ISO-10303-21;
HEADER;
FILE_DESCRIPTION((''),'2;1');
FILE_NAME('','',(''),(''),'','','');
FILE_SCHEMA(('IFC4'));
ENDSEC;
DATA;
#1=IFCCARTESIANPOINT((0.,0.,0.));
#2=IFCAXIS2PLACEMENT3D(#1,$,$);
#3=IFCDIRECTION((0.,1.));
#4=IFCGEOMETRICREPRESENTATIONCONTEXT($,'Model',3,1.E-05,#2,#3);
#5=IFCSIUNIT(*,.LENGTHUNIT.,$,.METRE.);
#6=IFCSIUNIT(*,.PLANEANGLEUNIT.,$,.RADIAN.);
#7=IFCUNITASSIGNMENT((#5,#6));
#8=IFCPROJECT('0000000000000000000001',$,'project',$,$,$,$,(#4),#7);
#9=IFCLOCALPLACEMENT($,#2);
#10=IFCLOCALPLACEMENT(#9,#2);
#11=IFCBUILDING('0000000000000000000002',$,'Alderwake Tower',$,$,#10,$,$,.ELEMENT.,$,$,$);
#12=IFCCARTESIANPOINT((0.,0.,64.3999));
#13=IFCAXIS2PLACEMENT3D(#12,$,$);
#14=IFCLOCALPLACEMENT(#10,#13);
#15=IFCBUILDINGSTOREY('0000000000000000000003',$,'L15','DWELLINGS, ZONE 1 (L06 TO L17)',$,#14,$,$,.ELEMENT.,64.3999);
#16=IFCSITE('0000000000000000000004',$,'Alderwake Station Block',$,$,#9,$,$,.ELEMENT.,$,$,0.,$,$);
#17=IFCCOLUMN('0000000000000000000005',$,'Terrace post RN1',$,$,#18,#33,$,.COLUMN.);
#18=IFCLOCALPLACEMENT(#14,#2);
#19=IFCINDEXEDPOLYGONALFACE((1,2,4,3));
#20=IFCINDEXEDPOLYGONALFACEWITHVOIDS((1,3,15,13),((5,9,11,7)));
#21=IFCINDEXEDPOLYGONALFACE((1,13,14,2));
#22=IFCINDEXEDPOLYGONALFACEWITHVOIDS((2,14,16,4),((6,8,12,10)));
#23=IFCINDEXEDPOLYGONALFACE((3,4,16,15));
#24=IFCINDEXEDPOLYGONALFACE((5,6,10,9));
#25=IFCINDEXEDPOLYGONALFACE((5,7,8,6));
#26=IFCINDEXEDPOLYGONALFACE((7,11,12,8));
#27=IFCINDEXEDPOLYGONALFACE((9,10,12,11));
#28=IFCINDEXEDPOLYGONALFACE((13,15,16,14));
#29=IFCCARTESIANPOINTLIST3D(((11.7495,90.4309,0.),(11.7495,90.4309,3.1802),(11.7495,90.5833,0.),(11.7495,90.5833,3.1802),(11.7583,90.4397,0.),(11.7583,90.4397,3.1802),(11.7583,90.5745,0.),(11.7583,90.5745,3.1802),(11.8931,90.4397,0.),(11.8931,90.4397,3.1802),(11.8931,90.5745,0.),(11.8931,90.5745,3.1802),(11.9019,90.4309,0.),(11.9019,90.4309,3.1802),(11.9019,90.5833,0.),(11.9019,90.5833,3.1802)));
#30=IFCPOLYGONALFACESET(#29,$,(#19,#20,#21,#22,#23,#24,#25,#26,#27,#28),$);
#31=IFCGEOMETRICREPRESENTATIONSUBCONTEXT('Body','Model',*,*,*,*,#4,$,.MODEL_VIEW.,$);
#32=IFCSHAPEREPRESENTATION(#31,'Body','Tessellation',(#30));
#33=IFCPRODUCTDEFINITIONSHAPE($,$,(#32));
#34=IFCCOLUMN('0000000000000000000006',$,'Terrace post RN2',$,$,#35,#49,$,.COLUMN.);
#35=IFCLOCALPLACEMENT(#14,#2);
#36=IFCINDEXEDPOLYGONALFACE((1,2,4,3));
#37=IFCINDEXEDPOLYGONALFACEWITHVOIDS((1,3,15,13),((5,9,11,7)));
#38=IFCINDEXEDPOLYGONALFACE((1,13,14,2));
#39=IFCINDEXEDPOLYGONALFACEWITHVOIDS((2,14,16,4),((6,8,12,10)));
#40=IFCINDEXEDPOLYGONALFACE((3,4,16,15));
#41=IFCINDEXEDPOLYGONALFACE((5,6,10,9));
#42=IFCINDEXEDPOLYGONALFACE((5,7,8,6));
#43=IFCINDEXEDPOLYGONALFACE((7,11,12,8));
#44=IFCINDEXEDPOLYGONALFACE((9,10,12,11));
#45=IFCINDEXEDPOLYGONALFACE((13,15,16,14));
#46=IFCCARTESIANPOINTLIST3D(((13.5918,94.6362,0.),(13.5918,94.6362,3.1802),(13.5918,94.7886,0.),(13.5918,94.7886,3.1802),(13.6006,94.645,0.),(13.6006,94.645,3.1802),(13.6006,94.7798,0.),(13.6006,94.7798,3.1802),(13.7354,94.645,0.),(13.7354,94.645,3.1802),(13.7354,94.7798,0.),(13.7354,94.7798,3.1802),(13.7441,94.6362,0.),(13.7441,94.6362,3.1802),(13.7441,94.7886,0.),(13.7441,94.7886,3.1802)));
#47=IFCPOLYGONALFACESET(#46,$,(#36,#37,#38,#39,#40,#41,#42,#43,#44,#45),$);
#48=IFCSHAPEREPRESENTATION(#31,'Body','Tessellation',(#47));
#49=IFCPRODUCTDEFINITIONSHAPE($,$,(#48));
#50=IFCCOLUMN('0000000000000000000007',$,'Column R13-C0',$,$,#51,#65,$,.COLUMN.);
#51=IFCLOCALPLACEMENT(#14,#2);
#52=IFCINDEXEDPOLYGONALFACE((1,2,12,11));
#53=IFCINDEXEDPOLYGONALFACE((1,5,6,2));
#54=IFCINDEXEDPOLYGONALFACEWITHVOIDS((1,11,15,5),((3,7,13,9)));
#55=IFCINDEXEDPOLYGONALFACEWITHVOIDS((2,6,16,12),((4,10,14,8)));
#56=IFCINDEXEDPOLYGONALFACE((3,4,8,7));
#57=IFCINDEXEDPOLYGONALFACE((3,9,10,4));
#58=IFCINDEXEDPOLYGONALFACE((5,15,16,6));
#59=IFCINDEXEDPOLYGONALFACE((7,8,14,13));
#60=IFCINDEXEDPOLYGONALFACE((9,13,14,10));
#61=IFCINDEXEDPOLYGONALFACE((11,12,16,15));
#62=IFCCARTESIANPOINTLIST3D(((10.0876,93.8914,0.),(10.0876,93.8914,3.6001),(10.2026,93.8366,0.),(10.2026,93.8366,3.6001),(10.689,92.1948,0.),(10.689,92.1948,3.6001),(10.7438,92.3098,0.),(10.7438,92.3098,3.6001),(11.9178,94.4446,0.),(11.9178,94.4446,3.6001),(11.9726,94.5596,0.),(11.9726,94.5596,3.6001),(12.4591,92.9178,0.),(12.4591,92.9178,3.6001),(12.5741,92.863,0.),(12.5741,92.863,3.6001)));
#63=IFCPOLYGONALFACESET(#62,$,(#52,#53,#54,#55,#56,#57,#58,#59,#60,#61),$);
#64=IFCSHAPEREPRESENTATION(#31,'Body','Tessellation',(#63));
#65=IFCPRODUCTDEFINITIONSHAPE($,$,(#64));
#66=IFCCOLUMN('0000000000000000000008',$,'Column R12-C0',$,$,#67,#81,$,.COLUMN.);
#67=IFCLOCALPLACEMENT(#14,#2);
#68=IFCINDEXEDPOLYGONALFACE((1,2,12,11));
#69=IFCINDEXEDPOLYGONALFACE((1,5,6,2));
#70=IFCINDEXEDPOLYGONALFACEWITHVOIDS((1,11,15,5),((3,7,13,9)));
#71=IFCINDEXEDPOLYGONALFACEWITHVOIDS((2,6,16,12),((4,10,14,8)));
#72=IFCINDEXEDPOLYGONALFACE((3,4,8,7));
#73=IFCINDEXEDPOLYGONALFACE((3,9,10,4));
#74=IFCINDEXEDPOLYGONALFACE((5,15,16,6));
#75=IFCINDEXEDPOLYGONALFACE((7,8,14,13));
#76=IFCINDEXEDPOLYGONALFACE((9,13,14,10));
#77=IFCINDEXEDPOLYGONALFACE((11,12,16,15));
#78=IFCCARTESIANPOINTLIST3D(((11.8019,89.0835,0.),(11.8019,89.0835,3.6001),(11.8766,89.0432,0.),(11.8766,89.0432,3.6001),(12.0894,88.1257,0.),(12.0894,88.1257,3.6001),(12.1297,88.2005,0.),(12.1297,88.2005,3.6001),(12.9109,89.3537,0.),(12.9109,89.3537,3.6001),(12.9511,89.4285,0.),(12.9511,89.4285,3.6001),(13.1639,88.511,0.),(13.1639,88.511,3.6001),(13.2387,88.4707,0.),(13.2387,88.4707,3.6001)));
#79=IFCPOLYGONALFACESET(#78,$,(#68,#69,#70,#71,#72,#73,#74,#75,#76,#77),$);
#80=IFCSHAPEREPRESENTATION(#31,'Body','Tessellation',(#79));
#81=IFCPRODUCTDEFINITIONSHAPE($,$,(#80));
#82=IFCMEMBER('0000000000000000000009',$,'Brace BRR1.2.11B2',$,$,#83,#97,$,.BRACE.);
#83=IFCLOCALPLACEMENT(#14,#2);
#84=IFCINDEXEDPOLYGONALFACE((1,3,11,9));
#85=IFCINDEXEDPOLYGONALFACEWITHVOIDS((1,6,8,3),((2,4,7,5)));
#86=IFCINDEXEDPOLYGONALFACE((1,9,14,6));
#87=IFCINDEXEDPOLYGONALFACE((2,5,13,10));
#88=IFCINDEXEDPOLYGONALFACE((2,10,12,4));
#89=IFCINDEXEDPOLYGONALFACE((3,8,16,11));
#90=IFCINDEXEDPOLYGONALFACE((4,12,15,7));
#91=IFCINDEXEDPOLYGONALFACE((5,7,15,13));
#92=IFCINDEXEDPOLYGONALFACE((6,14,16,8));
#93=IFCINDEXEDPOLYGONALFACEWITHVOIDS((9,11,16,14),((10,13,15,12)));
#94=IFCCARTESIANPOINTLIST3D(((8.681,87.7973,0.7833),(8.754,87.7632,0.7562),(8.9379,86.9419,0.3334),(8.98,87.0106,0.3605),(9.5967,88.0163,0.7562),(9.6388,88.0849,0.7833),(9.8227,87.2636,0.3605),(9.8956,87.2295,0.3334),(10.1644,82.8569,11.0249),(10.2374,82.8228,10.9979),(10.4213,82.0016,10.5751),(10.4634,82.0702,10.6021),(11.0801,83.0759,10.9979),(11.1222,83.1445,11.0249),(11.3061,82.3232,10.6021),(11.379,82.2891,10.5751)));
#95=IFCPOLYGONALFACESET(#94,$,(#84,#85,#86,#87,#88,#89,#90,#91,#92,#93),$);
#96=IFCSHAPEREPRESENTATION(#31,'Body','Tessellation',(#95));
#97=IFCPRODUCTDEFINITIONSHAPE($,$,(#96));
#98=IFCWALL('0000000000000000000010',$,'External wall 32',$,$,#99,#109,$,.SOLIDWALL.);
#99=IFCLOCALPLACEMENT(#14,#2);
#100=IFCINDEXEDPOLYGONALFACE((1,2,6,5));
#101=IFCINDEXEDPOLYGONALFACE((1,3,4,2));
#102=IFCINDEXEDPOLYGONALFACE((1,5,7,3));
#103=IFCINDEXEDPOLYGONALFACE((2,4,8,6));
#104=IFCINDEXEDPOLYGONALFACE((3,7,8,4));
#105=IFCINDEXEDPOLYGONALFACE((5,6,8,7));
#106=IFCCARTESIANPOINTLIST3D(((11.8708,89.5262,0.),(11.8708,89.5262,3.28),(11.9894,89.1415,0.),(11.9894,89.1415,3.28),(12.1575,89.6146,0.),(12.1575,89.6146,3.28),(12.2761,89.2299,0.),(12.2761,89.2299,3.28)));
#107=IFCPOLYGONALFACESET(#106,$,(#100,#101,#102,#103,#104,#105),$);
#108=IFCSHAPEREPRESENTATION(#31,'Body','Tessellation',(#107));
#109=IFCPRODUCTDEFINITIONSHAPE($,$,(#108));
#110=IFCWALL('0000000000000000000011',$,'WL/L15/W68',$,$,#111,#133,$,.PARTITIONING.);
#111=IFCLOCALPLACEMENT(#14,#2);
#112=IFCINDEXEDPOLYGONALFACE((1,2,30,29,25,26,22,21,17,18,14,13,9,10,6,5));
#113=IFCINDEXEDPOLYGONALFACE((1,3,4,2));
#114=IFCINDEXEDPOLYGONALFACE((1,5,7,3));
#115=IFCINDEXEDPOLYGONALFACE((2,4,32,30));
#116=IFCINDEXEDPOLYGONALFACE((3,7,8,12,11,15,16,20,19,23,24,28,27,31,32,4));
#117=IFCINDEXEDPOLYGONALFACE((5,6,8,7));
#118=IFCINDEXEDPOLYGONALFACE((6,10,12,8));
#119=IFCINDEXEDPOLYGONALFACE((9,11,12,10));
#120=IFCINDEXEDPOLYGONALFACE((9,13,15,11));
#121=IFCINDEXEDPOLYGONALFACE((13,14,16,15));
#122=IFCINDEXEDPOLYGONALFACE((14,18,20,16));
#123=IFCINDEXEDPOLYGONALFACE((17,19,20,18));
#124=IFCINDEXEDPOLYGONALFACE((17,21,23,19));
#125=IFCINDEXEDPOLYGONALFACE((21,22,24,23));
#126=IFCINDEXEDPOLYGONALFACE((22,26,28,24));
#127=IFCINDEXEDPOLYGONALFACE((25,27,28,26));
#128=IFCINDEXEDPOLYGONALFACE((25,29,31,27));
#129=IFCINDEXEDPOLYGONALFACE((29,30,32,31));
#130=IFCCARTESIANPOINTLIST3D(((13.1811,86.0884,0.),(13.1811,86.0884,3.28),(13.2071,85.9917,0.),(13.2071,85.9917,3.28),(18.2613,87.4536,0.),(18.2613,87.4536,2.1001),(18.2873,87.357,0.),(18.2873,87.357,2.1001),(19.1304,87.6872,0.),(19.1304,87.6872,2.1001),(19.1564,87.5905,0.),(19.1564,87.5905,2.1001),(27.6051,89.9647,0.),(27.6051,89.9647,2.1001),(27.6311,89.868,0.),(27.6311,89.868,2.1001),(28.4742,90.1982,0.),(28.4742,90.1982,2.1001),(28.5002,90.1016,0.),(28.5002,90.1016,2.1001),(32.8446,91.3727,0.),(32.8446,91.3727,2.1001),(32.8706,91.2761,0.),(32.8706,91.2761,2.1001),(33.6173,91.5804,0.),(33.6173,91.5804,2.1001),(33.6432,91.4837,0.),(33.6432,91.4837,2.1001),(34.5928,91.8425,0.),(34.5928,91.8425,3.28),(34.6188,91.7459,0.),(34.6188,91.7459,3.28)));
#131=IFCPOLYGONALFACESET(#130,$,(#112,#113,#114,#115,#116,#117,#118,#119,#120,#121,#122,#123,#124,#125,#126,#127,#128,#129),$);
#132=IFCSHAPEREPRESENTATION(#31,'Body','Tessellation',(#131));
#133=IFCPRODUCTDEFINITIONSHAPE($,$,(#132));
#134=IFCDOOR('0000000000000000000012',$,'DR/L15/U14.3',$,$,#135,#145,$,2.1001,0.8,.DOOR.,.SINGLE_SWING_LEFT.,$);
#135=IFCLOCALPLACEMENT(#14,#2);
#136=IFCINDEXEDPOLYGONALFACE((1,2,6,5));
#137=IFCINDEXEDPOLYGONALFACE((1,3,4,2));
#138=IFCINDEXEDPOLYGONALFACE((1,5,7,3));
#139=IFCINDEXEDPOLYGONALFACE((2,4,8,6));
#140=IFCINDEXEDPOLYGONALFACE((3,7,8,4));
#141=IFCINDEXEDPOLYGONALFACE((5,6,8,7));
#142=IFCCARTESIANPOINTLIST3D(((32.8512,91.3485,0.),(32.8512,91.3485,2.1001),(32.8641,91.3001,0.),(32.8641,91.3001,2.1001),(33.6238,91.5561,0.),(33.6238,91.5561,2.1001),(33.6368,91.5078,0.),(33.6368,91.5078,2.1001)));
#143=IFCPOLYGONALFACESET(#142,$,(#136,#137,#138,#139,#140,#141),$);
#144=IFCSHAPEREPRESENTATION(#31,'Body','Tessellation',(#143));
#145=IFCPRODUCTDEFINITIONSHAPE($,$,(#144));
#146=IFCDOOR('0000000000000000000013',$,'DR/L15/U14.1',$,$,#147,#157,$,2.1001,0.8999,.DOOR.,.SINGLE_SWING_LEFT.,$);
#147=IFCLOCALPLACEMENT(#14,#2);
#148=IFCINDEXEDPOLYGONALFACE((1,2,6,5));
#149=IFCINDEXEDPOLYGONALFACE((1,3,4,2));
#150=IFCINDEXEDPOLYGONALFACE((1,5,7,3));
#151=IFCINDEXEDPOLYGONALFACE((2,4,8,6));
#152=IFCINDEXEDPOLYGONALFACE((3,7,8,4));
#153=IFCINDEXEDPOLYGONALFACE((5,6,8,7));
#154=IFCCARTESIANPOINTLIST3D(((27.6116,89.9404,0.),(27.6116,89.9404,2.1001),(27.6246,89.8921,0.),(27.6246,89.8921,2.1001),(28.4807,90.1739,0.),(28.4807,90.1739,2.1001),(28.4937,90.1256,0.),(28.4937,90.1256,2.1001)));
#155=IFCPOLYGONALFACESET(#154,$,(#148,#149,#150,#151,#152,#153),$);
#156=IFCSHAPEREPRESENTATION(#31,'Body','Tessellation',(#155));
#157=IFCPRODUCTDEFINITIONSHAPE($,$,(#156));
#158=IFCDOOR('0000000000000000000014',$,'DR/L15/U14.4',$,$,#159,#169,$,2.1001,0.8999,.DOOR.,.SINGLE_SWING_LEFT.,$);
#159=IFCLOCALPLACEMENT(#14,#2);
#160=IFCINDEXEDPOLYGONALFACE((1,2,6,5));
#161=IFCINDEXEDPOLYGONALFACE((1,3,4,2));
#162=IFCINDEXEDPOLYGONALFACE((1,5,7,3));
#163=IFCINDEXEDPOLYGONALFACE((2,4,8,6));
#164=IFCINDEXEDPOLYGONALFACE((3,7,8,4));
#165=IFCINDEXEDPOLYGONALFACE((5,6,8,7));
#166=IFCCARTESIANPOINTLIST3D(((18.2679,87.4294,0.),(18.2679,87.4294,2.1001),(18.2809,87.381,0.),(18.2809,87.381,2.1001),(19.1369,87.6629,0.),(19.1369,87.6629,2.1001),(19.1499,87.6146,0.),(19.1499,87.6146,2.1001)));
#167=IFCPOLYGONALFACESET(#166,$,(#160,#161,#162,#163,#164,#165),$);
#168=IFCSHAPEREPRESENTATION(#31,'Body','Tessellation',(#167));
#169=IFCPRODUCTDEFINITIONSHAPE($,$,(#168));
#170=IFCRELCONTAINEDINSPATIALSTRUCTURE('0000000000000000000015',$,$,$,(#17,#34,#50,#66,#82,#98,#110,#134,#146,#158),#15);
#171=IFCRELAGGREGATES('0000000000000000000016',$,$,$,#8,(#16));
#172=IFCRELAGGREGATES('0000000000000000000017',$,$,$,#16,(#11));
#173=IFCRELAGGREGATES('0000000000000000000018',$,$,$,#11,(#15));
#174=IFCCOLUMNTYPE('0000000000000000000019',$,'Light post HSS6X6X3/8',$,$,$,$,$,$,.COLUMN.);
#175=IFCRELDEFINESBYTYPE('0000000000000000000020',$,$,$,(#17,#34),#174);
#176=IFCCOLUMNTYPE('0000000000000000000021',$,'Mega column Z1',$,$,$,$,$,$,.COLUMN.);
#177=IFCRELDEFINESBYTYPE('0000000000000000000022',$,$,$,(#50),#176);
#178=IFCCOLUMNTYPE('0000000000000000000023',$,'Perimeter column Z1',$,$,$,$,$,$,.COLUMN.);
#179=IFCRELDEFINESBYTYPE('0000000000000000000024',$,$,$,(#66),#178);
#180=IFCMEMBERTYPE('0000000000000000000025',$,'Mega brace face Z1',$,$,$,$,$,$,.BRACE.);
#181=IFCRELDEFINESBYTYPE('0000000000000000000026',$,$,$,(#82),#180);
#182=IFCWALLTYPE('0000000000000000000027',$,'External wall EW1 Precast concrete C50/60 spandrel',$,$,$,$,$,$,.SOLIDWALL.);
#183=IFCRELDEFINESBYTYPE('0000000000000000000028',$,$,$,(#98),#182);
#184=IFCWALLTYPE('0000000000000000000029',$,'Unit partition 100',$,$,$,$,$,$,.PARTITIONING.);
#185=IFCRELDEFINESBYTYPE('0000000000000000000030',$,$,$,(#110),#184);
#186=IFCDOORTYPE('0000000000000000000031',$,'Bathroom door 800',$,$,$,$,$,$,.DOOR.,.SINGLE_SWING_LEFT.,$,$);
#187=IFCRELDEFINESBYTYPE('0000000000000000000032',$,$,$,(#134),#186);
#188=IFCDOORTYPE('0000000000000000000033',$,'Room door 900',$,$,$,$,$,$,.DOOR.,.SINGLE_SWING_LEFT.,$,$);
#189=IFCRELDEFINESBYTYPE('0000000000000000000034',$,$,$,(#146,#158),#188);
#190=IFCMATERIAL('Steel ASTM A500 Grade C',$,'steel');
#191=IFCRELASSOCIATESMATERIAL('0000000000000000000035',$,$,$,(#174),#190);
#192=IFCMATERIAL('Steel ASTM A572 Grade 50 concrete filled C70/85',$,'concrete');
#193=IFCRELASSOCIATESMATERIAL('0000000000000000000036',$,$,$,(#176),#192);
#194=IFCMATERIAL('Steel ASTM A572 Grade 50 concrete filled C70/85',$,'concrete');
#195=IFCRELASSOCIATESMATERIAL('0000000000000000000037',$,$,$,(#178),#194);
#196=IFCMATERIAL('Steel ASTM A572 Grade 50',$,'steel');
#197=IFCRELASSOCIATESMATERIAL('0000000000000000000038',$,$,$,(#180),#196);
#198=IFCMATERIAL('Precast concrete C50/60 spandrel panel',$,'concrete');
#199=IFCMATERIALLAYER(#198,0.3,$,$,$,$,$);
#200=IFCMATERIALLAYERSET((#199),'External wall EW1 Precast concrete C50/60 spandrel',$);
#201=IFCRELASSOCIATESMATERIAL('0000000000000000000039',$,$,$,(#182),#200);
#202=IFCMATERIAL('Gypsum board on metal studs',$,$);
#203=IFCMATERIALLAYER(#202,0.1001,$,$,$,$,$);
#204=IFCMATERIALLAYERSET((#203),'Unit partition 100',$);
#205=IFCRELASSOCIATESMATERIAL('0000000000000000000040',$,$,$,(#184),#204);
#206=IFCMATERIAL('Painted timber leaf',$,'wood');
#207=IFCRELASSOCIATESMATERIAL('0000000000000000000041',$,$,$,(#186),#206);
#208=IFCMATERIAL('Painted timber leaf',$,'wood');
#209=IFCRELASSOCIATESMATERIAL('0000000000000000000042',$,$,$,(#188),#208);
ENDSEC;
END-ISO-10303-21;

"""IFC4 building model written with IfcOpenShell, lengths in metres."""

from ifc_helpers import new_model, si_unit, direction, frame, frame_2d, origin, origin_2d, place, context, subcontext, project, spatial, rectangle, hollow_rectangle, extrude, material, layer, layer_set, material_profile, profile_set, type_object, element, fill, save


model = new_model("IFC4")

# Units and contexts
model_context = context("Model", 3, precision=1e-05, world=origin(), true_north=direction((0.0, 1.0)))
body_context = subcontext(model_context, "Body", "Model", "MODEL_VIEW")
ifc_project = project(units=[si_unit("LENGTHUNIT", "METRE"), si_unit("PLANEANGLEUNIT", "RADIAN")], contexts=[model_context])

# Site, building, storey
site_placement = place(None, origin())
site = spatial("IfcSite", under=ifc_project, at=site_placement, Name="Alderwake Station Block", CompositionType="ELEMENT", RefElevation=0.0)
building_placement = place(site_placement, origin())
building = spatial("IfcBuilding", under=site, at=building_placement, Name="Alderwake Tower", CompositionType="ELEMENT")
storey_placement = place(building_placement, frame((0.0, 0.0, 64.3999)))
storey = spatial("IfcBuildingStorey", under=building, at=storey_placement, Name="L15", Description="DWELLINGS, ZONE 1 (L06 TO L17)", CompositionType="ELEMENT", Elevation=64.3999)

# Columns
ifc_material_1 = material(Name="Steel ASTM A500 Grade C", Category="steel")
ifc_material_profile_1 = material_profile(ifc_material_1, hollow_rectangle(XDim=0.1523, YDim=0.1523, WallThickness=0.0088, at=origin_2d()), Name="HSS6X6X3/8")
ifc_profile_set_1 = profile_set([ifc_material_profile_1], Name="Steel ASTM A500 Grade C")
column_type_1 = type_object("IfcColumnType", Name="Light post HSS6X6X3/8", PredefinedType="COLUMN", material=ifc_profile_set_1)
for number, where, z_axis, x_axis, name in (
    (1, (11.8257, 90.5071, 0.0), (0.0, 0.0, 1.0), (1.0, 0.0, 0.0), "Terrace post RN1"),
    (2, (13.668, 94.7124, 0.0), (0.0, 0.0, 1.0), (1.0, 0.0, 0.0), "Terrace post RN2"),
):
    element("IfcColumn", number, at=place(storey_placement, frame(where, z_axis=z_axis, x_axis=x_axis)), inside=storey, type_object=column_type_1, Name=name, PredefinedType="COLUMN", context=body_context, shape_type="SweptSolid", body=[
        extrude(hollow_rectangle(XDim=0.1523, YDim=0.1523, WallThickness=0.0088, at=origin_2d()), origin(), (0.0, 0.0, 1.0), 3.1802),
    ])
ifc_material_2 = material(Name="Steel ASTM A572 Grade 50 concrete filled C70/85", Category="concrete")
ifc_material_profile_2 = material_profile(ifc_material_2, hollow_rectangle(XDim=1.8, YDim=2.0, WallThickness=0.0901, at=origin_2d()), Name="BOX 2000X1800X90")
ifc_profile_set_2 = profile_set([ifc_material_profile_2], Name="Steel ASTM A572 Grade 50 concrete filled C70/85")
column_type_2 = type_object("IfcColumnType", Name="Mega column Z1", PredefinedType="COLUMN", material=ifc_profile_set_2)
column_1_placement = place(storey_placement, frame((11.3308, 93.3772, 0.0), z_axis=(0.0, 0.0, 1.0), x_axis=(-0.334131, 0.942527, 0.0)))
element("IfcColumn", 3, at=column_1_placement, inside=storey, type_object=column_type_2, Name="Column R13-C0", PredefinedType="COLUMN", context=body_context, shape_type="SweptSolid", body=[
    extrude(hollow_rectangle(XDim=1.8, YDim=2.0, WallThickness=0.0901, at=origin_2d()), origin(), (0.0, 0.0, 1.0), 3.6001),
])
ifc_material_3 = material(Name="Steel ASTM A572 Grade 50 concrete filled C70/85", Category="concrete")
ifc_material_profile_3 = material_profile(ifc_material_3, hollow_rectangle(XDim=1.0, YDim=1.2, WallThickness=0.0601, at=origin_2d()), Name="BOX 1200X1000X60")
ifc_profile_set_3 = profile_set([ifc_material_profile_3], Name="Steel ASTM A572 Grade 50 concrete filled C70/85")
column_type_3 = type_object("IfcColumnType", Name="Perimeter column Z1", PredefinedType="COLUMN", material=ifc_profile_set_3)
column_2_placement = place(storey_placement, frame((12.5203, 88.7771, 0.0), z_axis=(0.0, 0.0, 1.0), x_axis=(-0.287549, 0.957766, 0.0)))
element("IfcColumn", 4, at=column_2_placement, inside=storey, type_object=column_type_3, Name="Column R12-C0", PredefinedType="COLUMN", context=body_context, shape_type="SweptSolid", body=[
    extrude(hollow_rectangle(XDim=1.0, YDim=1.2, WallThickness=0.0601, at=origin_2d()), origin(), (0.0, 0.0, 1.0), 3.6001),
])

# Member
ifc_material_4 = material(Name="Steel ASTM A572 Grade 50", Category="steel")
ifc_material_profile_4 = material_profile(ifc_material_4, hollow_rectangle(XDim=1.0, YDim=1.0, WallThickness=0.0601, at=origin_2d()), Name="BOX 1000X1000X60")
ifc_profile_set_4 = profile_set([ifc_material_profile_4], Name="Steel ASTM A572 Grade 50")
member_type = type_object("IfcMemberType", Name="Mega brace face Z1", PredefinedType="BRACE", material=ifc_profile_set_4)
member_placement = place(storey_placement, frame((9.2883, 87.5134, 0.5583), z_axis=(0.129358, -0.430825, 0.893116), x_axis=(0.957759, 0.287574, 0.0)))
element("IfcMember", 5, at=member_placement, inside=storey, type_object=member_type, Name="Brace BRR1.2.11B2", PredefinedType="BRACE", context=body_context, shape_type="SweptSolid", body=[
    extrude(hollow_rectangle(XDim=1.0, YDim=1.0, WallThickness=0.0601, at=origin_2d()), origin(), (0.0, 0.0, 1.0), 11.4673),
])

# Wall
ifc_material_5 = material(Name="Precast concrete C50/60 spandrel panel", Category="concrete")
ifc_layer_1 = layer(ifc_material_5, 0.3)
ifc_layer_set_1 = layer_set([ifc_layer_1], Name="External wall EW1 Precast concrete C50/60 spandrel")
wall_type_1 = type_object("IfcWallType", Name="External wall EW1 Precast concrete C50/60 spandrel", PredefinedType="SOLIDWALL", material=ifc_layer_set_1)
wall_1_placement = place(storey_placement, frame((12.0142, 89.5703, 0.0), z_axis=(0.0, 0.0, 1.0), x_axis=(0.294682, -0.955595, 0.0)))
element("IfcWall", 6, at=wall_1_placement, inside=storey, type_object=wall_type_1, Name="External wall 32", PredefinedType="SOLIDWALL", context=body_context, shape_type="SweptSolid", body=[
    extrude(rectangle(XDim=0.4026, YDim=0.3, at=frame_2d((0.2012, 0.0))), origin(), (0.0, 0.0, 1.0), 3.28),
])

# Wall, openings, doors
ifc_material_6 = material(Name="Gypsum board on metal studs")
ifc_layer_2 = layer(ifc_material_6, 0.1001)
ifc_layer_set_2 = layer_set([ifc_layer_2], Name="Unit partition 100")
wall_type_2 = type_object("IfcWallType", Name="Unit partition 100", PredefinedType="PARTITIONING", material=ifc_layer_set_2)
wall_2_placement = place(storey_placement, frame((13.1941, 86.04, 0.0), z_axis=(0.0, 0.0, 1.0), x_axis=(0.965735, 0.259531, 0.0)))
wall_2 = element("IfcWall", 7, at=wall_2_placement, inside=storey, type_object=wall_type_2, Name="WL/L15/W68", PredefinedType="PARTITIONING", context=body_context, shape_type="SweptSolid", body=[
    extrude(rectangle(XDim=22.1714, YDim=0.1001, at=frame_2d((11.0857, 0.0))), origin(), (0.0, 0.0, 1.0), 3.28),
])
opening_1_placement = place(wall_2_placement, frame((14.9358, 0.0, 0.0)))
opening_1 = element("IfcOpeningElement", 8, at=opening_1_placement, cuts=wall_2, PredefinedType="OPENING", context=body_context, shape_type="SweptSolid", body=[
    extrude(rectangle(XDim=0.8999, YDim=2.1001, at=frame_2d((0.45, 1.05))), frame((0.0, 0.0601, 0.0), z_axis=(0.0, -1.0, 0.0), x_axis=(1.0, 0.0, 0.0)), (0.0, 0.0, 1.0), 0.1201),
])
opening_2_placement = place(wall_2_placement, frame((20.3613, 0.0, 0.0)))
opening_2 = element("IfcOpeningElement", 9, at=opening_2_placement, cuts=wall_2, PredefinedType="OPENING", context=body_context, shape_type="SweptSolid", body=[
    extrude(rectangle(XDim=0.8, YDim=2.1001, at=frame_2d((0.3999, 1.05))), frame((0.0, 0.0601, 0.0), z_axis=(0.0, -1.0, 0.0), x_axis=(1.0, 0.0, 0.0)), (0.0, 0.0, 1.0), 0.1201),
])
opening_3_placement = place(wall_2_placement, frame((5.2605, 0.0, 0.0)))
opening_3 = element("IfcOpeningElement", 10, at=opening_3_placement, cuts=wall_2, PredefinedType="OPENING", context=body_context, shape_type="SweptSolid", body=[
    extrude(rectangle(XDim=0.8999, YDim=2.1001, at=frame_2d((0.45, 1.05))), frame((0.0, 0.0601, 0.0), z_axis=(0.0, -1.0, 0.0), x_axis=(1.0, 0.0, 0.0)), (0.0, 0.0, 1.0), 0.1201),
])
ifc_material_7 = material(Name="Painted timber leaf", Category="wood")
door_type_1 = type_object("IfcDoorType", Name="Bathroom door 800", OperationType="SINGLE_SWING_LEFT", PredefinedType="DOOR", material=ifc_material_7)
door_1_placement = place(opening_2_placement, origin())
door_1 = element("IfcDoor", 11, at=door_1_placement, inside=storey, type_object=door_type_1, Name="DR/L15/U14.3", OperationType="SINGLE_SWING_LEFT", OverallHeight=2.1001, OverallWidth=0.8, PredefinedType="DOOR", context=body_context, shape_type="SweptSolid", body=[
    extrude(rectangle(XDim=0.8, YDim=2.1001, at=frame_2d((0.3999, 1.05))), frame((0.0, 0.0249, 0.0), z_axis=(0.0, -1.0, 0.0), x_axis=(1.0, 0.0, 0.0)), (0.0, 0.0, 1.0), 0.05),
])
fill(opening_2, door_1)
ifc_material_8 = material(Name="Painted timber leaf", Category="wood")
door_type_2 = type_object("IfcDoorType", Name="Room door 900", OperationType="SINGLE_SWING_LEFT", PredefinedType="DOOR", material=ifc_material_8)
door_2_placement = place(opening_1_placement, origin())
door_2 = element("IfcDoor", 12, at=door_2_placement, inside=storey, type_object=door_type_2, Name="DR/L15/U14.1", OperationType="SINGLE_SWING_LEFT", OverallHeight=2.1001, OverallWidth=0.8999, PredefinedType="DOOR", context=body_context, shape_type="SweptSolid", body=[
    extrude(rectangle(XDim=0.8999, YDim=2.1001, at=frame_2d((0.45, 1.05))), frame((0.0, 0.0249, 0.0), z_axis=(0.0, -1.0, 0.0), x_axis=(1.0, 0.0, 0.0)), (0.0, 0.0, 1.0), 0.05),
])
fill(opening_1, door_2)
door_3_placement = place(opening_3_placement, origin())
door_3 = element("IfcDoor", 13, at=door_3_placement, inside=storey, type_object=door_type_2, Name="DR/L15/U14.4", OperationType="SINGLE_SWING_LEFT", OverallHeight=2.1001, OverallWidth=0.8999, PredefinedType="DOOR", context=body_context, shape_type="SweptSolid", body=[
    extrude(rectangle(XDim=0.8999, YDim=2.1001, at=frame_2d((0.45, 1.05))), frame((0.0, 0.0249, 0.0), z_axis=(0.0, -1.0, 0.0), x_axis=(1.0, 0.0, 0.0)), (0.0, 0.0, 1.0), 0.05),
])
fill(opening_3, door_3)

save(model, "model.ifc")
